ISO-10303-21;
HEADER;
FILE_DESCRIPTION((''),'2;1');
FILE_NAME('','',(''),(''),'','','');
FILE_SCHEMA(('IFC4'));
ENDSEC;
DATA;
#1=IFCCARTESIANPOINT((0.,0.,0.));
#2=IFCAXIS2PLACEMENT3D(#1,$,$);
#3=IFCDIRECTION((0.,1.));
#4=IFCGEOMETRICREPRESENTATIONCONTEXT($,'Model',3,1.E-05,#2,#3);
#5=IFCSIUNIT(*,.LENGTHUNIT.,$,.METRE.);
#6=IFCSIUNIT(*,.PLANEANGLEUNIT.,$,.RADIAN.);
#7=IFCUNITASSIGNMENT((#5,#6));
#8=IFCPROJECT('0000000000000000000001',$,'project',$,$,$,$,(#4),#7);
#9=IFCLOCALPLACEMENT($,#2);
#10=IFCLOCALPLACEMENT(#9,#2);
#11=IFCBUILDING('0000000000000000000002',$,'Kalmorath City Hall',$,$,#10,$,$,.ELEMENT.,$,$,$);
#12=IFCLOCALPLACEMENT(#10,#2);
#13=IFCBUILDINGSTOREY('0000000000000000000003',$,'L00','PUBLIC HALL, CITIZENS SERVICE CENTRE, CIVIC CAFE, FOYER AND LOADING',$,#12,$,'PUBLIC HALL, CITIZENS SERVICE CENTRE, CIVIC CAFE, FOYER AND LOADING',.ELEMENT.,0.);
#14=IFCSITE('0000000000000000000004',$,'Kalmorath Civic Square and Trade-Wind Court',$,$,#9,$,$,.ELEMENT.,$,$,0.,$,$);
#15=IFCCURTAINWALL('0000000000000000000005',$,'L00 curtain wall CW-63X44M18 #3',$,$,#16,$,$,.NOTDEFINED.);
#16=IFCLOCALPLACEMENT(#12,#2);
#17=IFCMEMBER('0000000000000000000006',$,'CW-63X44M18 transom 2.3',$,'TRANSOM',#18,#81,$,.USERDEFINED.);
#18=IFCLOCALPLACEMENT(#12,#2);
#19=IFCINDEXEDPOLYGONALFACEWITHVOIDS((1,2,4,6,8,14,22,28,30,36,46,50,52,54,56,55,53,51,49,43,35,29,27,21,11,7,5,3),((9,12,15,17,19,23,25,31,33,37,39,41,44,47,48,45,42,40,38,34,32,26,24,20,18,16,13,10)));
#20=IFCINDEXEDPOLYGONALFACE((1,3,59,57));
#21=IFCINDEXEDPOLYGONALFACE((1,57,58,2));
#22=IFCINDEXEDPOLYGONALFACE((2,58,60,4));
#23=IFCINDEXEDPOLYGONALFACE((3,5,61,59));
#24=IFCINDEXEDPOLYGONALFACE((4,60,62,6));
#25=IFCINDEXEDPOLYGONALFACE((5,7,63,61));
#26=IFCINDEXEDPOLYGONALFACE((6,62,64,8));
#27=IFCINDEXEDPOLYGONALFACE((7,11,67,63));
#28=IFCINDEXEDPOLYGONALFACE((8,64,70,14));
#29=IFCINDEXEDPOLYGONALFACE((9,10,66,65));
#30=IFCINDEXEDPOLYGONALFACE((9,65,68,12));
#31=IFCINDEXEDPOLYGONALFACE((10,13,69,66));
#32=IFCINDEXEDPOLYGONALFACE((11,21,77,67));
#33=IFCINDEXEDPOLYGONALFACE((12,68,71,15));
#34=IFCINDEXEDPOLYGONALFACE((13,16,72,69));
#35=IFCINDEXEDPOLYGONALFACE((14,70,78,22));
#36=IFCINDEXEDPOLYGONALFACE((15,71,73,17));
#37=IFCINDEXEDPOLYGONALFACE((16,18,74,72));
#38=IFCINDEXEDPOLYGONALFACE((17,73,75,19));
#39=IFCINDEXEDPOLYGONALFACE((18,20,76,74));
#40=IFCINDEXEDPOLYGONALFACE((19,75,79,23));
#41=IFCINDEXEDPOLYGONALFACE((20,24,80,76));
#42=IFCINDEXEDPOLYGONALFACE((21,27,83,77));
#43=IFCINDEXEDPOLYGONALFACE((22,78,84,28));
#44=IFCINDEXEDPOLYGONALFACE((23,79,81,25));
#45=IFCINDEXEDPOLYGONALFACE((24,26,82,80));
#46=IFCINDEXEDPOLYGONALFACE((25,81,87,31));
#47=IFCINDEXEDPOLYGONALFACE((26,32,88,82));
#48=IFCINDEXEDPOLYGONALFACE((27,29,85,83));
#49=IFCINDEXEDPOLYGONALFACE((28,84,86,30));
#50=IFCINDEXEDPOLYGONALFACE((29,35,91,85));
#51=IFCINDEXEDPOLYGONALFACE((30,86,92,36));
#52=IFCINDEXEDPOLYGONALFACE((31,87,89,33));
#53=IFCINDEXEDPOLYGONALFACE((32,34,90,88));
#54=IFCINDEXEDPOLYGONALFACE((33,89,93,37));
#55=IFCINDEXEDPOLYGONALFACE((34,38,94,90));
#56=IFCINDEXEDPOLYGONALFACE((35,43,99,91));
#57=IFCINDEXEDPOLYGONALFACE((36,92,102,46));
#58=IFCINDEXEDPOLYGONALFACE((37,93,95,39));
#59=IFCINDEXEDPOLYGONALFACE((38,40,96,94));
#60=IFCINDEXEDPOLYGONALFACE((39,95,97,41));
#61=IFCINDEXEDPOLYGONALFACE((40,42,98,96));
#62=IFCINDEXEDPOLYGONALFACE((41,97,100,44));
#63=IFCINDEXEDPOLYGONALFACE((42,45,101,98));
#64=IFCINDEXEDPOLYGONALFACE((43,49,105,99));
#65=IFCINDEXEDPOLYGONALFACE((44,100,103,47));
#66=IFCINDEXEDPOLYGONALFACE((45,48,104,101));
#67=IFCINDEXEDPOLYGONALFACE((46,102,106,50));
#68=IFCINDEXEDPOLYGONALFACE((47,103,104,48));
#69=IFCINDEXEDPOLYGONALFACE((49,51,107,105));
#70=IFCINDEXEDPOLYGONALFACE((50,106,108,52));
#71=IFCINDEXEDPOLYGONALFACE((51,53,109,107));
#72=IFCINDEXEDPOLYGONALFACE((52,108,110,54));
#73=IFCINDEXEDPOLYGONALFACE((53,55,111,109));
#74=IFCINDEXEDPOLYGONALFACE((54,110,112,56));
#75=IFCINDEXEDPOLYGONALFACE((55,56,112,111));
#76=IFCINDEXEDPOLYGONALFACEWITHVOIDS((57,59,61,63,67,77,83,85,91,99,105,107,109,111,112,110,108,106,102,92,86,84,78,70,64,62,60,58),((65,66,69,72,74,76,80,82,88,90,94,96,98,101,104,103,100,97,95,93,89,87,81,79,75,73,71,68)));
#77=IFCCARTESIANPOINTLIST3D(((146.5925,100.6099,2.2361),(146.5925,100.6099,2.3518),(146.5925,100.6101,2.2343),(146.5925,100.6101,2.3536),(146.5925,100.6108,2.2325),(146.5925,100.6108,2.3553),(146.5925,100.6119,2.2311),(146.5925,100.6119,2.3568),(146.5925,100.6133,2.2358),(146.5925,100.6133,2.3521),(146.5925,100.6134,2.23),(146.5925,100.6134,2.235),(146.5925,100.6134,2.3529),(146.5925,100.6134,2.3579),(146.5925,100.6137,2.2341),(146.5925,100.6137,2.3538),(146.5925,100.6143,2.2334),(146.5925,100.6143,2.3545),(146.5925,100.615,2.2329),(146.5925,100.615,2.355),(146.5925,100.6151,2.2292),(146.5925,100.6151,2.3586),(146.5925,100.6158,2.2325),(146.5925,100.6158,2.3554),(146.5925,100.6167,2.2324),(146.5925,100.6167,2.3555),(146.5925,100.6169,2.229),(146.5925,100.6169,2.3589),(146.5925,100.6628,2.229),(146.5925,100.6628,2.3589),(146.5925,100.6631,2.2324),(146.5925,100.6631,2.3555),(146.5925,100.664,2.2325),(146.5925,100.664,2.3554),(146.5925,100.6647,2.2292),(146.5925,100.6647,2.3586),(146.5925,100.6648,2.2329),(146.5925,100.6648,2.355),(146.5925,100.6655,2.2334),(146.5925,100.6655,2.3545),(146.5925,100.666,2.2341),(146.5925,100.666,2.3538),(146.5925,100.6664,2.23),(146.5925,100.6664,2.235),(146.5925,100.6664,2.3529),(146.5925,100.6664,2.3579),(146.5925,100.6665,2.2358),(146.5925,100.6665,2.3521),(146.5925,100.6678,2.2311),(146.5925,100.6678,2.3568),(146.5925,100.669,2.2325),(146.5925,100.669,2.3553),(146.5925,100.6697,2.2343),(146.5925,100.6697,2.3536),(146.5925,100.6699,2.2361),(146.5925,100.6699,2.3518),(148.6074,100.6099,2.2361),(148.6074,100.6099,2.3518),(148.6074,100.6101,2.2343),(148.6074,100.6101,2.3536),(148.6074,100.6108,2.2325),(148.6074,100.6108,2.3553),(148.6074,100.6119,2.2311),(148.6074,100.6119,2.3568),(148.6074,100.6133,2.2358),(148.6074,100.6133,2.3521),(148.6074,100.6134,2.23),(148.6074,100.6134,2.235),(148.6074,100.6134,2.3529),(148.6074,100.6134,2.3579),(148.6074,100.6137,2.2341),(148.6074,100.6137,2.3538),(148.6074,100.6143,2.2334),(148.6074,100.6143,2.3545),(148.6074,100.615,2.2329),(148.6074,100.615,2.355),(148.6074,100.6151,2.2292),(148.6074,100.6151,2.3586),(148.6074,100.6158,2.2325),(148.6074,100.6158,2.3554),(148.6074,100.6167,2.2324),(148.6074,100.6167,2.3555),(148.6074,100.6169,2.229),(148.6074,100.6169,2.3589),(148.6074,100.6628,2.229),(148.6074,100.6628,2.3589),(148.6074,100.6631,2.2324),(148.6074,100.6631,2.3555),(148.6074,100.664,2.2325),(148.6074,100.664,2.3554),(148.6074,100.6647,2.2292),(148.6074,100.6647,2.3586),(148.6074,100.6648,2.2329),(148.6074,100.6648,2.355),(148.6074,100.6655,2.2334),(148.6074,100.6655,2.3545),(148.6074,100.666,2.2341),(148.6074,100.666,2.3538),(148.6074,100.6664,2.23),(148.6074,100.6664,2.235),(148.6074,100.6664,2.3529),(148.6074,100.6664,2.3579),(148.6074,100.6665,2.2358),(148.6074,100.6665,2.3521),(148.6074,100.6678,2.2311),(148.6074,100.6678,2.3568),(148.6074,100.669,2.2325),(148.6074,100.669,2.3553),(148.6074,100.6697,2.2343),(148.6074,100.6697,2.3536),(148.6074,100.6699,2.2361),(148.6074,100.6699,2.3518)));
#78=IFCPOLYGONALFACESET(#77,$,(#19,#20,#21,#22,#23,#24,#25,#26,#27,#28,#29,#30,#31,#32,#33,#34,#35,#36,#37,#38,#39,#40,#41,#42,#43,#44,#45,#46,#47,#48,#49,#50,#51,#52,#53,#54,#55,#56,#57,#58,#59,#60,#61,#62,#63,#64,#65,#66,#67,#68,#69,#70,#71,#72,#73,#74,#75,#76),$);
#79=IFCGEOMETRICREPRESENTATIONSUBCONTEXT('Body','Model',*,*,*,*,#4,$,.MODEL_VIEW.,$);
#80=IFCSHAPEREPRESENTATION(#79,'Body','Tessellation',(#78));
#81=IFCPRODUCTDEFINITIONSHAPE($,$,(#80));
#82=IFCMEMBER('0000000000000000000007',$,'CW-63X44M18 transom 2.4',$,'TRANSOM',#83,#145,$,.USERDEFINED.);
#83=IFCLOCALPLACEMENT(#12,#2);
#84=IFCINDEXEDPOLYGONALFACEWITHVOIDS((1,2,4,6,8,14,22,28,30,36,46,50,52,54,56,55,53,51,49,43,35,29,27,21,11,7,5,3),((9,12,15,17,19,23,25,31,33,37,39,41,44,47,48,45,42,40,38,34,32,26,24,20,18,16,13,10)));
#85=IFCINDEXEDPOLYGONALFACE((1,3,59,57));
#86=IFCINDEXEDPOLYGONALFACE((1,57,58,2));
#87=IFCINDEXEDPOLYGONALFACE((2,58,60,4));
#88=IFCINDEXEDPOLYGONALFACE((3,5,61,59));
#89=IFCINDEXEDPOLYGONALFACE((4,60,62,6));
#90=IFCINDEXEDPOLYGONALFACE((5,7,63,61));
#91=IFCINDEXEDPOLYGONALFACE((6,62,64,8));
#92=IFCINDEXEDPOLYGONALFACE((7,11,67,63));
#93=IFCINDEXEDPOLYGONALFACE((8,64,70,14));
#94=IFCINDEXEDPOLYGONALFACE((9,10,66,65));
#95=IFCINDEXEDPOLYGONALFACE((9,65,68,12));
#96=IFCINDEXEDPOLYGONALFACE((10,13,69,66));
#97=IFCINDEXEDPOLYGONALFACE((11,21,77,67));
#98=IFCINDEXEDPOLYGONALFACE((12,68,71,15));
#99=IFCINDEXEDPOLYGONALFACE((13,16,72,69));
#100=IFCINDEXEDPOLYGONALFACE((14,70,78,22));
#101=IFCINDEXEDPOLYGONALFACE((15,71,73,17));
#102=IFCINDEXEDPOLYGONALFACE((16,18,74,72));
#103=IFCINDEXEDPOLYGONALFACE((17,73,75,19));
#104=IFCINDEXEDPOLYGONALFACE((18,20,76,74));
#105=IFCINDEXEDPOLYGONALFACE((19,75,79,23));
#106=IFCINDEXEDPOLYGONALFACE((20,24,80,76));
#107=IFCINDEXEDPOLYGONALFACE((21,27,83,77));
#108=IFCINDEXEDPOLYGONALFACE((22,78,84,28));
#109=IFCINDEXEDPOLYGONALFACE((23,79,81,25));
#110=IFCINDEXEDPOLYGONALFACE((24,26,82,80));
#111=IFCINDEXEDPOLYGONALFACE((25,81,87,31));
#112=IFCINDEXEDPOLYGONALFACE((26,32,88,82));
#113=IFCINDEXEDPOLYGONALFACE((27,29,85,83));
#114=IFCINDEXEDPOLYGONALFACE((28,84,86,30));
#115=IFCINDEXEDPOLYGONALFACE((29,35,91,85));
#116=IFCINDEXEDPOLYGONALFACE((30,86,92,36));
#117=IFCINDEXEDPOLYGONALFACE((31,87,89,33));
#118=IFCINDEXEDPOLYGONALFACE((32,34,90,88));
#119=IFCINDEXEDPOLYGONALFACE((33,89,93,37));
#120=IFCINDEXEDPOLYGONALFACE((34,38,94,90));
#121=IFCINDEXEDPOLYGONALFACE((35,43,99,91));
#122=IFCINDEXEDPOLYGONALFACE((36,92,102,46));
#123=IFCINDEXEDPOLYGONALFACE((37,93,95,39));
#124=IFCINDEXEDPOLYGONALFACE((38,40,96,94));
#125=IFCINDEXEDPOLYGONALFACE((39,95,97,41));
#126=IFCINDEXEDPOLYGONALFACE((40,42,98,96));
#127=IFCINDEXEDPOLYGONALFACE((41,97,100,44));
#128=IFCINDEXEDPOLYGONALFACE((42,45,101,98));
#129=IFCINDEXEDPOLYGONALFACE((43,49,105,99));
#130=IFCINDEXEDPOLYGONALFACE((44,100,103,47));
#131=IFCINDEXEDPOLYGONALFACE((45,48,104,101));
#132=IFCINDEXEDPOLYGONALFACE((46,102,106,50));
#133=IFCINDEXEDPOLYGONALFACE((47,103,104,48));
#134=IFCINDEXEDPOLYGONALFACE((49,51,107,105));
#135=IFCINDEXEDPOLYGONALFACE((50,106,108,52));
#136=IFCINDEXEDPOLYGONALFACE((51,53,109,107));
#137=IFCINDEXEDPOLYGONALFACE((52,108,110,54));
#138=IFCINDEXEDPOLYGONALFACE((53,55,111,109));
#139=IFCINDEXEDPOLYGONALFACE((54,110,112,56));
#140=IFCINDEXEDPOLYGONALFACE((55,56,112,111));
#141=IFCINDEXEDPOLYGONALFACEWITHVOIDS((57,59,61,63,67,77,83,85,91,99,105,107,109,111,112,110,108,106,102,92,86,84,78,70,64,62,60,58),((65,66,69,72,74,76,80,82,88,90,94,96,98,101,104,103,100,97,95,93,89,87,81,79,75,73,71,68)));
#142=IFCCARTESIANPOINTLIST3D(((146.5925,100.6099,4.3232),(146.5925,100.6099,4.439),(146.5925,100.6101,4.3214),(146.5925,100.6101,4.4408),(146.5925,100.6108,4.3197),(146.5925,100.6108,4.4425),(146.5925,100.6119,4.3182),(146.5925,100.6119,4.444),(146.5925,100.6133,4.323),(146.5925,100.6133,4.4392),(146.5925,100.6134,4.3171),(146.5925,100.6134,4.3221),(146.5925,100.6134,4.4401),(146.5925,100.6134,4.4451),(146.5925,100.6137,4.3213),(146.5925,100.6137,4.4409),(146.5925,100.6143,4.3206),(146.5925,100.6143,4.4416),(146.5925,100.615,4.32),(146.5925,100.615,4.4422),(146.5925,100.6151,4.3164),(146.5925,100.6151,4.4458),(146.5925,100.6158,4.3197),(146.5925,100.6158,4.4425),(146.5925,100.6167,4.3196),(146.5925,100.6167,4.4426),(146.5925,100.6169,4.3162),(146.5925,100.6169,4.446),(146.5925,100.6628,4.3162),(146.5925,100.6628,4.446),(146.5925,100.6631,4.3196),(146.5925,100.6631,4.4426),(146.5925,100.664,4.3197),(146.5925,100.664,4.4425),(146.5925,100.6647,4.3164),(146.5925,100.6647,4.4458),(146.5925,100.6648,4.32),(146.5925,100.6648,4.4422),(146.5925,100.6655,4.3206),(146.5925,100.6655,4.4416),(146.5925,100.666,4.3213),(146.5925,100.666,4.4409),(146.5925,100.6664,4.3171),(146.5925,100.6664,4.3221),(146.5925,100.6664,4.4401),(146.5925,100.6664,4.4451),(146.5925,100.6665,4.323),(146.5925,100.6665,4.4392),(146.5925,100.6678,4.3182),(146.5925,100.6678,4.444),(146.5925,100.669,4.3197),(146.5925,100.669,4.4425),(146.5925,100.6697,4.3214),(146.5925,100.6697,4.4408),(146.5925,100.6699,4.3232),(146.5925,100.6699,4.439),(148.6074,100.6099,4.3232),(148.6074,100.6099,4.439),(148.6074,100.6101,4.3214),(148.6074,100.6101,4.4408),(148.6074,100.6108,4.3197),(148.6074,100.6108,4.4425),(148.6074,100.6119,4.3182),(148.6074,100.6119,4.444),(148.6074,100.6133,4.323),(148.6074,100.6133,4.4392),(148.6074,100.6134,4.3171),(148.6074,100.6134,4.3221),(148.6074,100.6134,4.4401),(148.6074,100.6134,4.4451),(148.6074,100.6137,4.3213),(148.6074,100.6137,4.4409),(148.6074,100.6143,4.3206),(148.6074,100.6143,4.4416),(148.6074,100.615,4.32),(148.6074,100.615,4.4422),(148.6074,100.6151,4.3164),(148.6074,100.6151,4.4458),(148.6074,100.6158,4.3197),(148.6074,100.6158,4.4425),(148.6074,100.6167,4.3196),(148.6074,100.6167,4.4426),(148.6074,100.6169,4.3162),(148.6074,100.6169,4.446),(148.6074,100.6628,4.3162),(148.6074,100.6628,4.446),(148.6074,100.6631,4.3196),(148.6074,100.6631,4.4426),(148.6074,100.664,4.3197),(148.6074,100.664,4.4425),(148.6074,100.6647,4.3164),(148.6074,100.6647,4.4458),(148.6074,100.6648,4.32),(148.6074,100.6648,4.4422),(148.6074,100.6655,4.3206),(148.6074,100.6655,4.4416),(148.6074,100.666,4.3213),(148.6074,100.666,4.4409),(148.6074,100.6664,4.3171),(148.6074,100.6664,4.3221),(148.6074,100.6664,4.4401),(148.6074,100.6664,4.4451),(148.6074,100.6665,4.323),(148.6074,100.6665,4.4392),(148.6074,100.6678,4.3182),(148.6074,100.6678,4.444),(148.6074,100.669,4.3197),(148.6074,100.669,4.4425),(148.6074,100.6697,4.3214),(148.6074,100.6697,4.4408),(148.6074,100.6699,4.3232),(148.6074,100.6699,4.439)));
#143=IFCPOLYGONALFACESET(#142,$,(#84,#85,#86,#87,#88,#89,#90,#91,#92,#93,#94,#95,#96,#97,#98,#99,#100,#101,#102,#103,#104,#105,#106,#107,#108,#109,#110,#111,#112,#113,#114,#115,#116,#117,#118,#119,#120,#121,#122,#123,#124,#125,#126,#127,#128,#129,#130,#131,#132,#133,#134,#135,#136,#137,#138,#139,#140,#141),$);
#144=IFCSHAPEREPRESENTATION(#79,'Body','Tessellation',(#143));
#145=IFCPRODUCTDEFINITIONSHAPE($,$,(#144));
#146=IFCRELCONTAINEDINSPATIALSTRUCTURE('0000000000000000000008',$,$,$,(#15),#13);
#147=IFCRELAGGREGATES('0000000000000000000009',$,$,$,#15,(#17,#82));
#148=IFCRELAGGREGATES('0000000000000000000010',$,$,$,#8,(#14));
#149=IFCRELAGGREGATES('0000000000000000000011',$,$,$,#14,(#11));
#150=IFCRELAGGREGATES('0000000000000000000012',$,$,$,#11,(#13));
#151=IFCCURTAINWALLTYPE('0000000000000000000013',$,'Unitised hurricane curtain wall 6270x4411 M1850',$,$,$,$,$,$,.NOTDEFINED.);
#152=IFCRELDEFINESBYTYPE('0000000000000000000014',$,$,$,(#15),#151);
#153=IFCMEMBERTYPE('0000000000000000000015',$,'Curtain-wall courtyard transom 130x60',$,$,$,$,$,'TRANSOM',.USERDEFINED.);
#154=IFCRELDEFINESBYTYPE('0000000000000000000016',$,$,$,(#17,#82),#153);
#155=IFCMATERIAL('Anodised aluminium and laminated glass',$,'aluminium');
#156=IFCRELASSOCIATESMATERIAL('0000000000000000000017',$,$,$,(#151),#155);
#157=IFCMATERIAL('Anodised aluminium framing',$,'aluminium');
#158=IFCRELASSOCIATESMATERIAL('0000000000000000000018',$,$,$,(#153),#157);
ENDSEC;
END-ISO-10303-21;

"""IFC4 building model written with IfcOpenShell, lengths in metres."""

from ifc_helpers import new_model, si_unit, direction, frame, origin, origin_2d, place, context, subcontext, project, spatial, hollow_rectangle, extrude, material, material_profile, profile_set, type_object, element, aggregate, save


model = new_model("IFC4")

# Units and contexts
model_context = context("Model", 3, precision=1e-05, world=origin(), true_north=direction((0.0, 1.0)))
body_context = subcontext(model_context, "Body", "Model", "MODEL_VIEW")
ifc_project = project(units=[si_unit("LENGTHUNIT", "METRE"), si_unit("PLANEANGLEUNIT", "RADIAN")], contexts=[model_context])

# Site, building, storey
site_placement = place(None, origin())
site = spatial("IfcSite", under=ifc_project, at=site_placement, Name="Kalmorath Civic Square and Trade-Wind Court", CompositionType="ELEMENT", RefElevation=0.0)
building_placement = place(site_placement, origin())
building = spatial("IfcBuilding", under=site, at=building_placement, Name="Kalmorath City Hall", CompositionType="ELEMENT")
storey_placement = place(building_placement, origin())
storey = spatial("IfcBuildingStorey", under=building, at=storey_placement, Name="L00", Description="PUBLIC HALL, CITIZENS SERVICE CENTRE, CIVIC CAFE, FOYER AND LOADING", LongName="PUBLIC HALL, CITIZENS SERVICE CENTRE, CIVIC CAFE, FOYER AND LOADING", CompositionType="ELEMENT", Elevation=0.0)

# Curtain wall, members
ifc_material_1 = material(Name="Anodised aluminium and laminated glass", Category="aluminium")
curtain_wall_type = type_object("IfcCurtainWallType", Name="Unitised hurricane curtain wall 6270x4411 M1850", PredefinedType="NOTDEFINED", material=ifc_material_1)
curtain_wall_placement = place(storey_placement, origin())
curtain_wall = element("IfcCurtainWall", 1, at=curtain_wall_placement, inside=storey, type_object=curtain_wall_type, Name="L00 curtain wall CW-63X44M18 #3", PredefinedType="NOTDEFINED")
ifc_material_2 = material(Name="Anodised aluminium framing", Category="aluminium")
ifc_material_profile_1 = material_profile(ifc_material_2, hollow_rectangle(XDim=0.0601, YDim=0.1299, WallThickness=0.0034, InnerFilletRadius=0.0034, OuterFilletRadius=0.0071, at=origin_2d()), Name="ALU-TRN-130X60X3.5")
ifc_profile_set_1 = profile_set([ifc_material_profile_1], Name="Anodised aluminium framing")
member_type_1 = type_object("IfcMemberType", Name="Curtain-wall courtyard transom 130x60", ElementType="TRANSOM", PredefinedType="USERDEFINED", material=ifc_profile_set_1)
member_1_placement = place(storey_placement, frame((146.5925, 100.6399, 2.2939), z_axis=(1.0, 0.0, 0.0), x_axis=(0.0, 1.0, 0.0)))
member_1 = element("IfcMember", 2, at=member_1_placement, type_object=member_type_1, Name="CW-63X44M18 transom 2.3", ObjectType="TRANSOM", PredefinedType="USERDEFINED", context=body_context, shape_type="SweptSolid", body=[
    extrude(hollow_rectangle(XDim=0.0601, YDim=0.1299, WallThickness=0.0034, InnerFilletRadius=0.0034, OuterFilletRadius=0.0071, at=origin_2d()), origin(), (0.0, 0.0, 1.0), 2.0149),
])
member_2_placement = place(storey_placement, frame((146.5925, 100.6399, 4.3811), z_axis=(1.0, 0.0, 0.0), x_axis=(0.0, 1.0, 0.0)))
member_2 = element("IfcMember", 3, at=member_2_placement, type_object=member_type_1, Name="CW-63X44M18 transom 2.4", ObjectType="TRANSOM", PredefinedType="USERDEFINED", context=body_context, shape_type="SweptSolid", body=[
    extrude(hollow_rectangle(XDim=0.0601, YDim=0.1299, WallThickness=0.0034, InnerFilletRadius=0.0034, OuterFilletRadius=0.0071, at=origin_2d()), origin(), (0.0, 0.0, 1.0), 2.0149),
])
aggregate(curtain_wall, [member_1, member_2])

save(model, "model.ifc")
